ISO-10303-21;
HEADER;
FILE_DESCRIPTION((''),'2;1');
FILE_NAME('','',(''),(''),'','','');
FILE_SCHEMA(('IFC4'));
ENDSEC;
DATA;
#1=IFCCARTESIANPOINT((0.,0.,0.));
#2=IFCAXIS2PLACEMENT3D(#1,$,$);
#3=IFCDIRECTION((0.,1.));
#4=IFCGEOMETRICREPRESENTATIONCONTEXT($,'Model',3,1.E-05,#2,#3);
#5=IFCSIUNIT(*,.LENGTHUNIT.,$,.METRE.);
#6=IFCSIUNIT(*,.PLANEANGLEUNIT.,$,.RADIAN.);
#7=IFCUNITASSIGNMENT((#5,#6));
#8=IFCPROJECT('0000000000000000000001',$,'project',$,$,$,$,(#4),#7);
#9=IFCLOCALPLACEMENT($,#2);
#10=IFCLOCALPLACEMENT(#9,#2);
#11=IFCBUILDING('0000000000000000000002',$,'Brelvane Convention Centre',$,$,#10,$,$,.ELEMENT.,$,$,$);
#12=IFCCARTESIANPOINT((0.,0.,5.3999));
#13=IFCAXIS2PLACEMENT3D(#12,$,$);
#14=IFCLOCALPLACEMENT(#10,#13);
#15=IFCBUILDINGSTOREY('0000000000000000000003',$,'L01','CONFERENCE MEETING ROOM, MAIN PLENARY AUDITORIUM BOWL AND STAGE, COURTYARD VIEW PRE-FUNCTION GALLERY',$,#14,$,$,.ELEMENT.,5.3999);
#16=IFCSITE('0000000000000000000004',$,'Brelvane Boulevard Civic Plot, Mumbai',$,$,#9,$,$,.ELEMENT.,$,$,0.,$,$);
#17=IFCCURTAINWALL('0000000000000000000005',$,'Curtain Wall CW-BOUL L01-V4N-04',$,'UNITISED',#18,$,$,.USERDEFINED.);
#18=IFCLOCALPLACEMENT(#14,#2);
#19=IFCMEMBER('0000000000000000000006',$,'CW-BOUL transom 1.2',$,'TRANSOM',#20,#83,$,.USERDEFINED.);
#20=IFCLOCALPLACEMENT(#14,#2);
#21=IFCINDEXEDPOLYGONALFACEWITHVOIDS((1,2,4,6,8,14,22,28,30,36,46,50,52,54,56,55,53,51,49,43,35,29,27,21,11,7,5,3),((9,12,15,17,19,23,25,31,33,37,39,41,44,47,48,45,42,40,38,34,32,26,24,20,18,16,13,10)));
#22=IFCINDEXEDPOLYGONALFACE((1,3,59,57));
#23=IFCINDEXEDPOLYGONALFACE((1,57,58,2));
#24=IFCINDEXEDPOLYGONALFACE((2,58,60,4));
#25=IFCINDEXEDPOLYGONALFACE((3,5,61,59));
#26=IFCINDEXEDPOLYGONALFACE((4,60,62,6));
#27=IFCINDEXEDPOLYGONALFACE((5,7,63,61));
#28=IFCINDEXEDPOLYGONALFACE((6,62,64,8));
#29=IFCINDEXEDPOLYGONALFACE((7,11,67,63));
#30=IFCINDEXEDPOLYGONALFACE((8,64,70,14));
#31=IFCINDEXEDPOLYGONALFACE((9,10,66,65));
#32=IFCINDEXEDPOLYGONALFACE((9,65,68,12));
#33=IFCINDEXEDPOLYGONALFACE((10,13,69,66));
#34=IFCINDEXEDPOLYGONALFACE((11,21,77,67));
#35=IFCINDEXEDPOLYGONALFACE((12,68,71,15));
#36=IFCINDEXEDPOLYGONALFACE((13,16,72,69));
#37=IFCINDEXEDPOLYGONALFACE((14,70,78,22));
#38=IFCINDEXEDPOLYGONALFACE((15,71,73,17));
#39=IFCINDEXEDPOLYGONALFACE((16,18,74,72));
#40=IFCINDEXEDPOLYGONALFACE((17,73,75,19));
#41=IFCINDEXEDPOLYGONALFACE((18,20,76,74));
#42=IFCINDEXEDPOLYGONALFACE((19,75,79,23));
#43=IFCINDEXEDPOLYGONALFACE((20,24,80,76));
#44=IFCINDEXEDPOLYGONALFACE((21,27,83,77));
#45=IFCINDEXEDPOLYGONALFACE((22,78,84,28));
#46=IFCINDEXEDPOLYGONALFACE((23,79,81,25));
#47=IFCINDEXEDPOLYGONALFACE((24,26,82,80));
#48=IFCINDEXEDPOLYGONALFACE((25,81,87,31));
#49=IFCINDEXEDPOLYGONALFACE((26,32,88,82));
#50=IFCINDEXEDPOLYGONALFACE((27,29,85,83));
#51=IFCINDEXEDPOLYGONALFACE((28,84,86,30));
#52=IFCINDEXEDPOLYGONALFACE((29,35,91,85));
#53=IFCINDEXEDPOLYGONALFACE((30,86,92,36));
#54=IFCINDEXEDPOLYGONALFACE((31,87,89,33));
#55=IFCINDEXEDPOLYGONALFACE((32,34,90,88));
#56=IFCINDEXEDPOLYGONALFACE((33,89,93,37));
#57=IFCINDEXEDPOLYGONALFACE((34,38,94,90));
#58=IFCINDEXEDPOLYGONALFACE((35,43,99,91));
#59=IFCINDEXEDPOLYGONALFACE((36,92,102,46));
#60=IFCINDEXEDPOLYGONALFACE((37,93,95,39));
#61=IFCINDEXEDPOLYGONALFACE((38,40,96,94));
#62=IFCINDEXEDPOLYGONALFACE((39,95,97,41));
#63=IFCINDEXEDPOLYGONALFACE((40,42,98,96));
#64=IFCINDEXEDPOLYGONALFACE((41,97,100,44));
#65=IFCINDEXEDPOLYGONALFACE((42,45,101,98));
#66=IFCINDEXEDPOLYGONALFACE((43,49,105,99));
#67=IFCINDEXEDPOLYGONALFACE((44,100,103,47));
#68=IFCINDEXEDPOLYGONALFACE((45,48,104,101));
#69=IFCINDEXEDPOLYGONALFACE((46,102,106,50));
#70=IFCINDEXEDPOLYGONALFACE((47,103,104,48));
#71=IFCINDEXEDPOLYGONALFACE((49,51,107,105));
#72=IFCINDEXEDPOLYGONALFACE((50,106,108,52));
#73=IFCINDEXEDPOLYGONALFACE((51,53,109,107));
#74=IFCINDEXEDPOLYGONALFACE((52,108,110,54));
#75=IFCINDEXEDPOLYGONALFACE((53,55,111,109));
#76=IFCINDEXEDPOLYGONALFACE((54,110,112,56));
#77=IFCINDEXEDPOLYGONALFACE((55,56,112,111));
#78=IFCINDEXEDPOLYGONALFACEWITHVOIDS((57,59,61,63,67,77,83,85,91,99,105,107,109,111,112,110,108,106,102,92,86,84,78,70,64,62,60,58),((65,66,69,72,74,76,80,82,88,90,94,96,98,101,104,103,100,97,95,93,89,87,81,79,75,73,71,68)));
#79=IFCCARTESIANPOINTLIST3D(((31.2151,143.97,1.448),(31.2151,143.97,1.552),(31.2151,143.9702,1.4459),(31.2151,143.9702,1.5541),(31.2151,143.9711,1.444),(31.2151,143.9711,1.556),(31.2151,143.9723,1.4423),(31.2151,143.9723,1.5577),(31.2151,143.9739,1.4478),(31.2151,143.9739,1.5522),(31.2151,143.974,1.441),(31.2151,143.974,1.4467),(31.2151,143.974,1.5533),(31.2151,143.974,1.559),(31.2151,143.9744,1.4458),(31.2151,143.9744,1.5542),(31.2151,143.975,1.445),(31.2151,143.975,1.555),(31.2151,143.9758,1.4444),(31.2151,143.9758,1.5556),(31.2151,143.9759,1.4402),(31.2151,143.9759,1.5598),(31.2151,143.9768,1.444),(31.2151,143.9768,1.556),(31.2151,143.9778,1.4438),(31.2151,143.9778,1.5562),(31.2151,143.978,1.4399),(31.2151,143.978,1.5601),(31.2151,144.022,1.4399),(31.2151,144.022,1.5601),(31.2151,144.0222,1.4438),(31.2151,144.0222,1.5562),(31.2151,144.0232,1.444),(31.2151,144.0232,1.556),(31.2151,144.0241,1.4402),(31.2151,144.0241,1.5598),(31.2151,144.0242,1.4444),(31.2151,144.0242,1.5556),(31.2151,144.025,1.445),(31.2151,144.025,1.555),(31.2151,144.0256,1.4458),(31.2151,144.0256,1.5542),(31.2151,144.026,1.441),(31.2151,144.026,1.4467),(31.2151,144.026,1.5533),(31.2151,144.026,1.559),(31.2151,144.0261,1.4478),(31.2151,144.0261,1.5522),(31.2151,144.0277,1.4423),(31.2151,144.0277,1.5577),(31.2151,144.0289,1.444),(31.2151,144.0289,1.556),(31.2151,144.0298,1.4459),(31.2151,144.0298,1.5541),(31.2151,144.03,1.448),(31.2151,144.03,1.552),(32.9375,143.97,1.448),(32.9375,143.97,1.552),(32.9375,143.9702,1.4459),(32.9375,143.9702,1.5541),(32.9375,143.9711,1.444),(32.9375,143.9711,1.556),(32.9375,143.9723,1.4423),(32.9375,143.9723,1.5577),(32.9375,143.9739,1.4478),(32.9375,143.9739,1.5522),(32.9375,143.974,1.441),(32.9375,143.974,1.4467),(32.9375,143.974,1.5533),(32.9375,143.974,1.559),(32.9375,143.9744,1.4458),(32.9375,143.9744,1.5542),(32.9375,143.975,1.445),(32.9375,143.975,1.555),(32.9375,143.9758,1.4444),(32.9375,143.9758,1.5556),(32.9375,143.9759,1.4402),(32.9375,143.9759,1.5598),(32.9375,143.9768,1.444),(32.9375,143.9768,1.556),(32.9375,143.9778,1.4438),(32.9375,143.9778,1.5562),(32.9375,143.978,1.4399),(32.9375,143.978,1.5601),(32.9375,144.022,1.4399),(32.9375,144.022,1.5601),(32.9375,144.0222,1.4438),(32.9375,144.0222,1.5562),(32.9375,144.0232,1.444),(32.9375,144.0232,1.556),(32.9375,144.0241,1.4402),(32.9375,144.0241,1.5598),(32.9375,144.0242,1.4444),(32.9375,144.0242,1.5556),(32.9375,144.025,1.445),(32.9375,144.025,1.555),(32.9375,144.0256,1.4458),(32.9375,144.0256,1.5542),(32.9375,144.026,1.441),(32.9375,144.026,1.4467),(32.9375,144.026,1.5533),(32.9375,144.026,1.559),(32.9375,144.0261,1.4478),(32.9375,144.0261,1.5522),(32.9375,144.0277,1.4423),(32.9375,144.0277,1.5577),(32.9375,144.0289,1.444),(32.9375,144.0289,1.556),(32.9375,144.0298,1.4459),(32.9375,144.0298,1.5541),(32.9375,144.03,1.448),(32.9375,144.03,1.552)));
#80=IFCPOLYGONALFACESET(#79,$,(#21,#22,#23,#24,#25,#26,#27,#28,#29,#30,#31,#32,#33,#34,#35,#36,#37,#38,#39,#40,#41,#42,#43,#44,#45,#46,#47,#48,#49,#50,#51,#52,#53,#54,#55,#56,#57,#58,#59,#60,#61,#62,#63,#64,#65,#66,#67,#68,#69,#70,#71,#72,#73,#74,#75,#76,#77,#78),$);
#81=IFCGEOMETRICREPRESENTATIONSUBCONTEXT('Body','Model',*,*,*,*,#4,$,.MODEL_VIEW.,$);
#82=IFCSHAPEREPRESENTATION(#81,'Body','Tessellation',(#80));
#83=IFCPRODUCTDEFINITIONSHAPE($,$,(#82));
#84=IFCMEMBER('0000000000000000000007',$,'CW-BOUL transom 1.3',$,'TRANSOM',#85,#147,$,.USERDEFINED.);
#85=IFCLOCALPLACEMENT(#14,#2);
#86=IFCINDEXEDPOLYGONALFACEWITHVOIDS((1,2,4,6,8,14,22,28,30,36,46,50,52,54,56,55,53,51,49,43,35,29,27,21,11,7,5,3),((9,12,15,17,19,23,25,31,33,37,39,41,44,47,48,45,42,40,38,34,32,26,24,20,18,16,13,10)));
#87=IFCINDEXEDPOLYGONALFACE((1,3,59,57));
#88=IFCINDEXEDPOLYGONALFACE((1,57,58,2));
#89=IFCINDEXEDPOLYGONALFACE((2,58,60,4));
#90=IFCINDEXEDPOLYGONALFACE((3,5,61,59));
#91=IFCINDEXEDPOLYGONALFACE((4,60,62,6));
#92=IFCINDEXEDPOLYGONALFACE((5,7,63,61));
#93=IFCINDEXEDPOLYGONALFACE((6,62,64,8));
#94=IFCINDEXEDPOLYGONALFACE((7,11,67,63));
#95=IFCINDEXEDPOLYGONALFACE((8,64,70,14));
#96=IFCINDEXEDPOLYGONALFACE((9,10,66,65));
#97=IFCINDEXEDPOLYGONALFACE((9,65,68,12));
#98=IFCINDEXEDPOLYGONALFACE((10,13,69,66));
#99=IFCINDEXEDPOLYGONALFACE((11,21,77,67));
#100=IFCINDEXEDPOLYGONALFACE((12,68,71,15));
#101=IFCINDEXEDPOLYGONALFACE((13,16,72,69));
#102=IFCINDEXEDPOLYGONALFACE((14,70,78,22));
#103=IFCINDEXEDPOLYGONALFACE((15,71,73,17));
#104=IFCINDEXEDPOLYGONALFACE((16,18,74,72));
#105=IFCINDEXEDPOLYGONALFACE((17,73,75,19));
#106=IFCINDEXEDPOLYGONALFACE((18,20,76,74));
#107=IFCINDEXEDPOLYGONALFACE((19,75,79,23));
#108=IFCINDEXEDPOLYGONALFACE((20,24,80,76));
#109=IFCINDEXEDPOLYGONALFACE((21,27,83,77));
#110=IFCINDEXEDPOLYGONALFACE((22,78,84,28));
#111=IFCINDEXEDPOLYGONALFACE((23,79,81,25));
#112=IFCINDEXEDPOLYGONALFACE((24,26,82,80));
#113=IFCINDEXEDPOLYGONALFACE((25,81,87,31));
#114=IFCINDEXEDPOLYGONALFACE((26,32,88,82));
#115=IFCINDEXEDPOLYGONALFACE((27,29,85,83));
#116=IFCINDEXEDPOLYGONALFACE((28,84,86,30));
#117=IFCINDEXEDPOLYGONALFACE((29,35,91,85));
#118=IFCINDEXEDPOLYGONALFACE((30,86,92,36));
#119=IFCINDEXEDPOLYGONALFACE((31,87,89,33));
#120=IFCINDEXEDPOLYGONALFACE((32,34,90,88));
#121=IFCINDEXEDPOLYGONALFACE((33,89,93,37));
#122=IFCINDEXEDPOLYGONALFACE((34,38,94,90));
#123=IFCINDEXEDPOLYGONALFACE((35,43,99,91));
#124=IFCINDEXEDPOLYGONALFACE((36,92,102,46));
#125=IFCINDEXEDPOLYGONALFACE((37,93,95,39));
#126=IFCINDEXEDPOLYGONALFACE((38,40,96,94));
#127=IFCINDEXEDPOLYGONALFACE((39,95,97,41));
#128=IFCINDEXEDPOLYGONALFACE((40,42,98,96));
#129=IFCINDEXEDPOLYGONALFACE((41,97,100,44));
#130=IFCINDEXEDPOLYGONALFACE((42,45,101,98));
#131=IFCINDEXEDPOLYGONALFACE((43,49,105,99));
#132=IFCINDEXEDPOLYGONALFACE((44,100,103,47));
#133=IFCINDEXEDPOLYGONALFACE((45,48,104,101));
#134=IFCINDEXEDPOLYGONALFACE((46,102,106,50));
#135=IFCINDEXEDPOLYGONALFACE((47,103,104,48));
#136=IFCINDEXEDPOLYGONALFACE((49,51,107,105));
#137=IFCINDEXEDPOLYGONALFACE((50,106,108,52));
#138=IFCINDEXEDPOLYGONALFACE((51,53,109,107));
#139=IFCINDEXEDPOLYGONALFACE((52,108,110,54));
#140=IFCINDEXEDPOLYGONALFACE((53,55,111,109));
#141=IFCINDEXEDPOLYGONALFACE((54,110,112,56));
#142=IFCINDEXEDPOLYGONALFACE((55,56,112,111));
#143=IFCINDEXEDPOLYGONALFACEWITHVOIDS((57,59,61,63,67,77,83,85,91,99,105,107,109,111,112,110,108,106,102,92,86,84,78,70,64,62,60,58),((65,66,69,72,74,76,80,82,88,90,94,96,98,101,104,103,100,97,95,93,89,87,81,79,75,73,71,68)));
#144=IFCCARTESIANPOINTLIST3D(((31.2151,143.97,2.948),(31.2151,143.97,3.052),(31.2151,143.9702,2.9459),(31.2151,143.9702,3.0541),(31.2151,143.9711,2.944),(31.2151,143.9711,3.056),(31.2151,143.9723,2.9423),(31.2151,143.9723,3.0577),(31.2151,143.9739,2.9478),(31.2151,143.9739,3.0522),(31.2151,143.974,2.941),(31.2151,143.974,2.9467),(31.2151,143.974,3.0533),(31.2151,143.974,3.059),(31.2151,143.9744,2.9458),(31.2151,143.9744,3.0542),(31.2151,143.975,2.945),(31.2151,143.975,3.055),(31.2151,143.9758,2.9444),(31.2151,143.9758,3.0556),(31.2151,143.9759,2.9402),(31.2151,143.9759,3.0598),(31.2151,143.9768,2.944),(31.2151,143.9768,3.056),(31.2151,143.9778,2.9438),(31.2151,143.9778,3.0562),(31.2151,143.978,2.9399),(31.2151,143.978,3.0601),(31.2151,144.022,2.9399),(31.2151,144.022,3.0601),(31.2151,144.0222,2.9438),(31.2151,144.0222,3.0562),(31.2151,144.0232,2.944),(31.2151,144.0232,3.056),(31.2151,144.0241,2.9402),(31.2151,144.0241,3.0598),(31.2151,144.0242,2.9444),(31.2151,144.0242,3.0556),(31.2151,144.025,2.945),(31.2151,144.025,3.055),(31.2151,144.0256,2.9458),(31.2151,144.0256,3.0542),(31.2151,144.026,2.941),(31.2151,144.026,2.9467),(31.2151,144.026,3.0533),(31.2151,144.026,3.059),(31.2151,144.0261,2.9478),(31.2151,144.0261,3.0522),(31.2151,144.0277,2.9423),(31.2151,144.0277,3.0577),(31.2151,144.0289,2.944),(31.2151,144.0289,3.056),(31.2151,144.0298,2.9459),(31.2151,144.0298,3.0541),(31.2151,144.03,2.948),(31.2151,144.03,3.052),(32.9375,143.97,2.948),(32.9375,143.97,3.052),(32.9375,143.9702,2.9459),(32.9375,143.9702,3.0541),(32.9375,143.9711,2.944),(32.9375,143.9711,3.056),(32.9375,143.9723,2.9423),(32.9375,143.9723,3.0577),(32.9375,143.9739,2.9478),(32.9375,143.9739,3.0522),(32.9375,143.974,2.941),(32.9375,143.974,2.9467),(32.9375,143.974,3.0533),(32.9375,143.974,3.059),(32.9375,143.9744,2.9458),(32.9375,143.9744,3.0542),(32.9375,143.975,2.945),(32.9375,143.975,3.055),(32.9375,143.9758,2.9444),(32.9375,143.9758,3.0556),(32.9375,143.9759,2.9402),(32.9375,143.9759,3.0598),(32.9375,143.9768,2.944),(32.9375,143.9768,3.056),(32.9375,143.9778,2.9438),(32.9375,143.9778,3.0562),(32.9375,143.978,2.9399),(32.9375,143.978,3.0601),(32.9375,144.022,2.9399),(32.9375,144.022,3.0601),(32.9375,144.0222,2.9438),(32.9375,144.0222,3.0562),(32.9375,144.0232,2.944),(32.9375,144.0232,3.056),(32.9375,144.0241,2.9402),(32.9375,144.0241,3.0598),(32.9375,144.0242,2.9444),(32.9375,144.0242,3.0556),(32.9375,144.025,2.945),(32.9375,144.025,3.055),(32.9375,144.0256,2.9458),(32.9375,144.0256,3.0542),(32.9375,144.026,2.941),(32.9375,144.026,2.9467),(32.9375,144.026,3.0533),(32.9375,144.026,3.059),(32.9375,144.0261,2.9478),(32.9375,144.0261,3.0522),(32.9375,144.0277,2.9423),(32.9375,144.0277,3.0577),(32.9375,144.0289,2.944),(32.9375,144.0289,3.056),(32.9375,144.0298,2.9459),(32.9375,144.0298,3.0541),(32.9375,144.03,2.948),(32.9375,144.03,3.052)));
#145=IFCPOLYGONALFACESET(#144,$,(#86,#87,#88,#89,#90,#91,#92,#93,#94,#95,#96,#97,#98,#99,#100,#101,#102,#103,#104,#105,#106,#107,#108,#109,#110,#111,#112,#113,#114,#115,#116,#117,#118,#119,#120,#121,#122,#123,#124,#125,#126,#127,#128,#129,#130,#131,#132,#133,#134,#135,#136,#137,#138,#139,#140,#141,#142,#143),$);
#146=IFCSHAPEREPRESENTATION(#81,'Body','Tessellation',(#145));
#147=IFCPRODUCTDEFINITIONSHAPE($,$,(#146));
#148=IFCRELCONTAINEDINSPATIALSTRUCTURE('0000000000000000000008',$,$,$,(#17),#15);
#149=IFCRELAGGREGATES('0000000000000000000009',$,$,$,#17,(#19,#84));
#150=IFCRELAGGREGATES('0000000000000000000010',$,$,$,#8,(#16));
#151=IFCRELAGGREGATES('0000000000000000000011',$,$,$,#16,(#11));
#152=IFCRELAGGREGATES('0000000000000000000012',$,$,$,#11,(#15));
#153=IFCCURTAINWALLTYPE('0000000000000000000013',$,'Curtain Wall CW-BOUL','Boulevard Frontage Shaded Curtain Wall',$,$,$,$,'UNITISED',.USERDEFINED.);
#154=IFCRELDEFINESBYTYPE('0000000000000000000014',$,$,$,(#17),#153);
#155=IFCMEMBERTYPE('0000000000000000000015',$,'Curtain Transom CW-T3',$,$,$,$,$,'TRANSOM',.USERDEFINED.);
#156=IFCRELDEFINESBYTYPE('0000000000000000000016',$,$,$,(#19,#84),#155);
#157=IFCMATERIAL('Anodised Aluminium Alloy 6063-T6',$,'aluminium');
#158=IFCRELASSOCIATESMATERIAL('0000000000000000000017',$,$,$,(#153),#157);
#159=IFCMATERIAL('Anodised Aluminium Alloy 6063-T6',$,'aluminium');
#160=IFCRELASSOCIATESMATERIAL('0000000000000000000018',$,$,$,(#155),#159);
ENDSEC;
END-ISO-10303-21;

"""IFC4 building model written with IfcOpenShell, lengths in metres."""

from ifc_helpers import new_model, si_unit, direction, frame, origin, origin_2d, place, context, subcontext, project, spatial, hollow_rectangle, extrude, material, material_profile, profile_set, type_object, element, aggregate, save


model = new_model("IFC4")

# Units and contexts
model_context = context("Model", 3, precision=1e-05, world=origin(), true_north=direction((0.0, 1.0)))
body_context = subcontext(model_context, "Body", "Model", "MODEL_VIEW")
ifc_project = project(units=[si_unit("LENGTHUNIT", "METRE"), si_unit("PLANEANGLEUNIT", "RADIAN")], contexts=[model_context])

# Site, building, storey
site_placement = place(None, origin())
site = spatial("IfcSite", under=ifc_project, at=site_placement, Name="Brelvane Boulevard Civic Plot, Mumbai", CompositionType="ELEMENT", RefElevation=0.0)
building_placement = place(site_placement, origin())
building = spatial("IfcBuilding", under=site, at=building_placement, Name="Brelvane Convention Centre", CompositionType="ELEMENT")
storey_placement = place(building_placement, frame((0.0, 0.0, 5.3999)))
storey = spatial("IfcBuildingStorey", under=building, at=storey_placement, Name="L01", Description="CONFERENCE MEETING ROOM, MAIN PLENARY AUDITORIUM BOWL AND STAGE, COURTYARD VIEW PRE-FUNCTION GALLERY", CompositionType="ELEMENT", Elevation=5.3999)

# Curtain wall, members
ifc_material_1 = material(Name="Anodised Aluminium Alloy 6063-T6", Category="aluminium")
curtain_wall_type = type_object("IfcCurtainWallType", Name="Curtain Wall CW-BOUL", Description="Boulevard Frontage Shaded Curtain Wall", ElementType="UNITISED", PredefinedType="USERDEFINED", material=ifc_material_1)
curtain_wall_placement = place(storey_placement, origin())
curtain_wall = element("IfcCurtainWall", 1, at=curtain_wall_placement, inside=storey, type_object=curtain_wall_type, Name="Curtain Wall CW-BOUL L01-V4N-04", ObjectType="UNITISED", PredefinedType="USERDEFINED")
ifc_material_2 = material(Name="Anodised Aluminium Alloy 6063-T6", Category="aluminium")
ifc_material_profile_1 = material_profile(ifc_material_2, hollow_rectangle(XDim=0.0601, YDim=0.1201, WallThickness=0.0039, InnerFilletRadius=0.0039, OuterFilletRadius=0.0081, at=origin_2d()), Name="ALU-T 120x60x4.0")
ifc_profile_set_1 = profile_set([ifc_material_profile_1], Name="Anodised Aluminium Alloy 6063-T6")
member_type_1 = type_object("IfcMemberType", Name="Curtain Transom CW-T3", ElementType="TRANSOM", PredefinedType="USERDEFINED", material=ifc_profile_set_1)
member_1_placement = place(storey_placement, frame((31.2151, 144.0, 1.5), z_axis=(1.0, 0.0, 0.0), x_axis=(0.0, 1.0, 0.0)))
member_1 = element("IfcMember", 2, at=member_1_placement, type_object=member_type_1, Name="CW-BOUL transom 1.2", ObjectType="TRANSOM", PredefinedType="USERDEFINED", context=body_context, shape_type="SweptSolid", body=[
    extrude(hollow_rectangle(XDim=0.0601, YDim=0.1201, WallThickness=0.0039, InnerFilletRadius=0.0039, OuterFilletRadius=0.0081, at=origin_2d()), origin(), (0.0, 0.0, 1.0), 1.7224),
])
member_2_placement = place(storey_placement, frame((31.2151, 144.0, 3.0), z_axis=(1.0, 0.0, 0.0), x_axis=(0.0, 1.0, 0.0)))
member_2 = element("IfcMember", 3, at=member_2_placement, type_object=member_type_1, Name="CW-BOUL transom 1.3", ObjectType="TRANSOM", PredefinedType="USERDEFINED", context=body_context, shape_type="SweptSolid", body=[
    extrude(hollow_rectangle(XDim=0.0601, YDim=0.1201, WallThickness=0.0039, InnerFilletRadius=0.0039, OuterFilletRadius=0.0081, at=origin_2d()), origin(), (0.0, 0.0, 1.0), 1.7224),
])

aggregate(curtain_wall, [member_1, member_2])

save(model, "model.ifc")
